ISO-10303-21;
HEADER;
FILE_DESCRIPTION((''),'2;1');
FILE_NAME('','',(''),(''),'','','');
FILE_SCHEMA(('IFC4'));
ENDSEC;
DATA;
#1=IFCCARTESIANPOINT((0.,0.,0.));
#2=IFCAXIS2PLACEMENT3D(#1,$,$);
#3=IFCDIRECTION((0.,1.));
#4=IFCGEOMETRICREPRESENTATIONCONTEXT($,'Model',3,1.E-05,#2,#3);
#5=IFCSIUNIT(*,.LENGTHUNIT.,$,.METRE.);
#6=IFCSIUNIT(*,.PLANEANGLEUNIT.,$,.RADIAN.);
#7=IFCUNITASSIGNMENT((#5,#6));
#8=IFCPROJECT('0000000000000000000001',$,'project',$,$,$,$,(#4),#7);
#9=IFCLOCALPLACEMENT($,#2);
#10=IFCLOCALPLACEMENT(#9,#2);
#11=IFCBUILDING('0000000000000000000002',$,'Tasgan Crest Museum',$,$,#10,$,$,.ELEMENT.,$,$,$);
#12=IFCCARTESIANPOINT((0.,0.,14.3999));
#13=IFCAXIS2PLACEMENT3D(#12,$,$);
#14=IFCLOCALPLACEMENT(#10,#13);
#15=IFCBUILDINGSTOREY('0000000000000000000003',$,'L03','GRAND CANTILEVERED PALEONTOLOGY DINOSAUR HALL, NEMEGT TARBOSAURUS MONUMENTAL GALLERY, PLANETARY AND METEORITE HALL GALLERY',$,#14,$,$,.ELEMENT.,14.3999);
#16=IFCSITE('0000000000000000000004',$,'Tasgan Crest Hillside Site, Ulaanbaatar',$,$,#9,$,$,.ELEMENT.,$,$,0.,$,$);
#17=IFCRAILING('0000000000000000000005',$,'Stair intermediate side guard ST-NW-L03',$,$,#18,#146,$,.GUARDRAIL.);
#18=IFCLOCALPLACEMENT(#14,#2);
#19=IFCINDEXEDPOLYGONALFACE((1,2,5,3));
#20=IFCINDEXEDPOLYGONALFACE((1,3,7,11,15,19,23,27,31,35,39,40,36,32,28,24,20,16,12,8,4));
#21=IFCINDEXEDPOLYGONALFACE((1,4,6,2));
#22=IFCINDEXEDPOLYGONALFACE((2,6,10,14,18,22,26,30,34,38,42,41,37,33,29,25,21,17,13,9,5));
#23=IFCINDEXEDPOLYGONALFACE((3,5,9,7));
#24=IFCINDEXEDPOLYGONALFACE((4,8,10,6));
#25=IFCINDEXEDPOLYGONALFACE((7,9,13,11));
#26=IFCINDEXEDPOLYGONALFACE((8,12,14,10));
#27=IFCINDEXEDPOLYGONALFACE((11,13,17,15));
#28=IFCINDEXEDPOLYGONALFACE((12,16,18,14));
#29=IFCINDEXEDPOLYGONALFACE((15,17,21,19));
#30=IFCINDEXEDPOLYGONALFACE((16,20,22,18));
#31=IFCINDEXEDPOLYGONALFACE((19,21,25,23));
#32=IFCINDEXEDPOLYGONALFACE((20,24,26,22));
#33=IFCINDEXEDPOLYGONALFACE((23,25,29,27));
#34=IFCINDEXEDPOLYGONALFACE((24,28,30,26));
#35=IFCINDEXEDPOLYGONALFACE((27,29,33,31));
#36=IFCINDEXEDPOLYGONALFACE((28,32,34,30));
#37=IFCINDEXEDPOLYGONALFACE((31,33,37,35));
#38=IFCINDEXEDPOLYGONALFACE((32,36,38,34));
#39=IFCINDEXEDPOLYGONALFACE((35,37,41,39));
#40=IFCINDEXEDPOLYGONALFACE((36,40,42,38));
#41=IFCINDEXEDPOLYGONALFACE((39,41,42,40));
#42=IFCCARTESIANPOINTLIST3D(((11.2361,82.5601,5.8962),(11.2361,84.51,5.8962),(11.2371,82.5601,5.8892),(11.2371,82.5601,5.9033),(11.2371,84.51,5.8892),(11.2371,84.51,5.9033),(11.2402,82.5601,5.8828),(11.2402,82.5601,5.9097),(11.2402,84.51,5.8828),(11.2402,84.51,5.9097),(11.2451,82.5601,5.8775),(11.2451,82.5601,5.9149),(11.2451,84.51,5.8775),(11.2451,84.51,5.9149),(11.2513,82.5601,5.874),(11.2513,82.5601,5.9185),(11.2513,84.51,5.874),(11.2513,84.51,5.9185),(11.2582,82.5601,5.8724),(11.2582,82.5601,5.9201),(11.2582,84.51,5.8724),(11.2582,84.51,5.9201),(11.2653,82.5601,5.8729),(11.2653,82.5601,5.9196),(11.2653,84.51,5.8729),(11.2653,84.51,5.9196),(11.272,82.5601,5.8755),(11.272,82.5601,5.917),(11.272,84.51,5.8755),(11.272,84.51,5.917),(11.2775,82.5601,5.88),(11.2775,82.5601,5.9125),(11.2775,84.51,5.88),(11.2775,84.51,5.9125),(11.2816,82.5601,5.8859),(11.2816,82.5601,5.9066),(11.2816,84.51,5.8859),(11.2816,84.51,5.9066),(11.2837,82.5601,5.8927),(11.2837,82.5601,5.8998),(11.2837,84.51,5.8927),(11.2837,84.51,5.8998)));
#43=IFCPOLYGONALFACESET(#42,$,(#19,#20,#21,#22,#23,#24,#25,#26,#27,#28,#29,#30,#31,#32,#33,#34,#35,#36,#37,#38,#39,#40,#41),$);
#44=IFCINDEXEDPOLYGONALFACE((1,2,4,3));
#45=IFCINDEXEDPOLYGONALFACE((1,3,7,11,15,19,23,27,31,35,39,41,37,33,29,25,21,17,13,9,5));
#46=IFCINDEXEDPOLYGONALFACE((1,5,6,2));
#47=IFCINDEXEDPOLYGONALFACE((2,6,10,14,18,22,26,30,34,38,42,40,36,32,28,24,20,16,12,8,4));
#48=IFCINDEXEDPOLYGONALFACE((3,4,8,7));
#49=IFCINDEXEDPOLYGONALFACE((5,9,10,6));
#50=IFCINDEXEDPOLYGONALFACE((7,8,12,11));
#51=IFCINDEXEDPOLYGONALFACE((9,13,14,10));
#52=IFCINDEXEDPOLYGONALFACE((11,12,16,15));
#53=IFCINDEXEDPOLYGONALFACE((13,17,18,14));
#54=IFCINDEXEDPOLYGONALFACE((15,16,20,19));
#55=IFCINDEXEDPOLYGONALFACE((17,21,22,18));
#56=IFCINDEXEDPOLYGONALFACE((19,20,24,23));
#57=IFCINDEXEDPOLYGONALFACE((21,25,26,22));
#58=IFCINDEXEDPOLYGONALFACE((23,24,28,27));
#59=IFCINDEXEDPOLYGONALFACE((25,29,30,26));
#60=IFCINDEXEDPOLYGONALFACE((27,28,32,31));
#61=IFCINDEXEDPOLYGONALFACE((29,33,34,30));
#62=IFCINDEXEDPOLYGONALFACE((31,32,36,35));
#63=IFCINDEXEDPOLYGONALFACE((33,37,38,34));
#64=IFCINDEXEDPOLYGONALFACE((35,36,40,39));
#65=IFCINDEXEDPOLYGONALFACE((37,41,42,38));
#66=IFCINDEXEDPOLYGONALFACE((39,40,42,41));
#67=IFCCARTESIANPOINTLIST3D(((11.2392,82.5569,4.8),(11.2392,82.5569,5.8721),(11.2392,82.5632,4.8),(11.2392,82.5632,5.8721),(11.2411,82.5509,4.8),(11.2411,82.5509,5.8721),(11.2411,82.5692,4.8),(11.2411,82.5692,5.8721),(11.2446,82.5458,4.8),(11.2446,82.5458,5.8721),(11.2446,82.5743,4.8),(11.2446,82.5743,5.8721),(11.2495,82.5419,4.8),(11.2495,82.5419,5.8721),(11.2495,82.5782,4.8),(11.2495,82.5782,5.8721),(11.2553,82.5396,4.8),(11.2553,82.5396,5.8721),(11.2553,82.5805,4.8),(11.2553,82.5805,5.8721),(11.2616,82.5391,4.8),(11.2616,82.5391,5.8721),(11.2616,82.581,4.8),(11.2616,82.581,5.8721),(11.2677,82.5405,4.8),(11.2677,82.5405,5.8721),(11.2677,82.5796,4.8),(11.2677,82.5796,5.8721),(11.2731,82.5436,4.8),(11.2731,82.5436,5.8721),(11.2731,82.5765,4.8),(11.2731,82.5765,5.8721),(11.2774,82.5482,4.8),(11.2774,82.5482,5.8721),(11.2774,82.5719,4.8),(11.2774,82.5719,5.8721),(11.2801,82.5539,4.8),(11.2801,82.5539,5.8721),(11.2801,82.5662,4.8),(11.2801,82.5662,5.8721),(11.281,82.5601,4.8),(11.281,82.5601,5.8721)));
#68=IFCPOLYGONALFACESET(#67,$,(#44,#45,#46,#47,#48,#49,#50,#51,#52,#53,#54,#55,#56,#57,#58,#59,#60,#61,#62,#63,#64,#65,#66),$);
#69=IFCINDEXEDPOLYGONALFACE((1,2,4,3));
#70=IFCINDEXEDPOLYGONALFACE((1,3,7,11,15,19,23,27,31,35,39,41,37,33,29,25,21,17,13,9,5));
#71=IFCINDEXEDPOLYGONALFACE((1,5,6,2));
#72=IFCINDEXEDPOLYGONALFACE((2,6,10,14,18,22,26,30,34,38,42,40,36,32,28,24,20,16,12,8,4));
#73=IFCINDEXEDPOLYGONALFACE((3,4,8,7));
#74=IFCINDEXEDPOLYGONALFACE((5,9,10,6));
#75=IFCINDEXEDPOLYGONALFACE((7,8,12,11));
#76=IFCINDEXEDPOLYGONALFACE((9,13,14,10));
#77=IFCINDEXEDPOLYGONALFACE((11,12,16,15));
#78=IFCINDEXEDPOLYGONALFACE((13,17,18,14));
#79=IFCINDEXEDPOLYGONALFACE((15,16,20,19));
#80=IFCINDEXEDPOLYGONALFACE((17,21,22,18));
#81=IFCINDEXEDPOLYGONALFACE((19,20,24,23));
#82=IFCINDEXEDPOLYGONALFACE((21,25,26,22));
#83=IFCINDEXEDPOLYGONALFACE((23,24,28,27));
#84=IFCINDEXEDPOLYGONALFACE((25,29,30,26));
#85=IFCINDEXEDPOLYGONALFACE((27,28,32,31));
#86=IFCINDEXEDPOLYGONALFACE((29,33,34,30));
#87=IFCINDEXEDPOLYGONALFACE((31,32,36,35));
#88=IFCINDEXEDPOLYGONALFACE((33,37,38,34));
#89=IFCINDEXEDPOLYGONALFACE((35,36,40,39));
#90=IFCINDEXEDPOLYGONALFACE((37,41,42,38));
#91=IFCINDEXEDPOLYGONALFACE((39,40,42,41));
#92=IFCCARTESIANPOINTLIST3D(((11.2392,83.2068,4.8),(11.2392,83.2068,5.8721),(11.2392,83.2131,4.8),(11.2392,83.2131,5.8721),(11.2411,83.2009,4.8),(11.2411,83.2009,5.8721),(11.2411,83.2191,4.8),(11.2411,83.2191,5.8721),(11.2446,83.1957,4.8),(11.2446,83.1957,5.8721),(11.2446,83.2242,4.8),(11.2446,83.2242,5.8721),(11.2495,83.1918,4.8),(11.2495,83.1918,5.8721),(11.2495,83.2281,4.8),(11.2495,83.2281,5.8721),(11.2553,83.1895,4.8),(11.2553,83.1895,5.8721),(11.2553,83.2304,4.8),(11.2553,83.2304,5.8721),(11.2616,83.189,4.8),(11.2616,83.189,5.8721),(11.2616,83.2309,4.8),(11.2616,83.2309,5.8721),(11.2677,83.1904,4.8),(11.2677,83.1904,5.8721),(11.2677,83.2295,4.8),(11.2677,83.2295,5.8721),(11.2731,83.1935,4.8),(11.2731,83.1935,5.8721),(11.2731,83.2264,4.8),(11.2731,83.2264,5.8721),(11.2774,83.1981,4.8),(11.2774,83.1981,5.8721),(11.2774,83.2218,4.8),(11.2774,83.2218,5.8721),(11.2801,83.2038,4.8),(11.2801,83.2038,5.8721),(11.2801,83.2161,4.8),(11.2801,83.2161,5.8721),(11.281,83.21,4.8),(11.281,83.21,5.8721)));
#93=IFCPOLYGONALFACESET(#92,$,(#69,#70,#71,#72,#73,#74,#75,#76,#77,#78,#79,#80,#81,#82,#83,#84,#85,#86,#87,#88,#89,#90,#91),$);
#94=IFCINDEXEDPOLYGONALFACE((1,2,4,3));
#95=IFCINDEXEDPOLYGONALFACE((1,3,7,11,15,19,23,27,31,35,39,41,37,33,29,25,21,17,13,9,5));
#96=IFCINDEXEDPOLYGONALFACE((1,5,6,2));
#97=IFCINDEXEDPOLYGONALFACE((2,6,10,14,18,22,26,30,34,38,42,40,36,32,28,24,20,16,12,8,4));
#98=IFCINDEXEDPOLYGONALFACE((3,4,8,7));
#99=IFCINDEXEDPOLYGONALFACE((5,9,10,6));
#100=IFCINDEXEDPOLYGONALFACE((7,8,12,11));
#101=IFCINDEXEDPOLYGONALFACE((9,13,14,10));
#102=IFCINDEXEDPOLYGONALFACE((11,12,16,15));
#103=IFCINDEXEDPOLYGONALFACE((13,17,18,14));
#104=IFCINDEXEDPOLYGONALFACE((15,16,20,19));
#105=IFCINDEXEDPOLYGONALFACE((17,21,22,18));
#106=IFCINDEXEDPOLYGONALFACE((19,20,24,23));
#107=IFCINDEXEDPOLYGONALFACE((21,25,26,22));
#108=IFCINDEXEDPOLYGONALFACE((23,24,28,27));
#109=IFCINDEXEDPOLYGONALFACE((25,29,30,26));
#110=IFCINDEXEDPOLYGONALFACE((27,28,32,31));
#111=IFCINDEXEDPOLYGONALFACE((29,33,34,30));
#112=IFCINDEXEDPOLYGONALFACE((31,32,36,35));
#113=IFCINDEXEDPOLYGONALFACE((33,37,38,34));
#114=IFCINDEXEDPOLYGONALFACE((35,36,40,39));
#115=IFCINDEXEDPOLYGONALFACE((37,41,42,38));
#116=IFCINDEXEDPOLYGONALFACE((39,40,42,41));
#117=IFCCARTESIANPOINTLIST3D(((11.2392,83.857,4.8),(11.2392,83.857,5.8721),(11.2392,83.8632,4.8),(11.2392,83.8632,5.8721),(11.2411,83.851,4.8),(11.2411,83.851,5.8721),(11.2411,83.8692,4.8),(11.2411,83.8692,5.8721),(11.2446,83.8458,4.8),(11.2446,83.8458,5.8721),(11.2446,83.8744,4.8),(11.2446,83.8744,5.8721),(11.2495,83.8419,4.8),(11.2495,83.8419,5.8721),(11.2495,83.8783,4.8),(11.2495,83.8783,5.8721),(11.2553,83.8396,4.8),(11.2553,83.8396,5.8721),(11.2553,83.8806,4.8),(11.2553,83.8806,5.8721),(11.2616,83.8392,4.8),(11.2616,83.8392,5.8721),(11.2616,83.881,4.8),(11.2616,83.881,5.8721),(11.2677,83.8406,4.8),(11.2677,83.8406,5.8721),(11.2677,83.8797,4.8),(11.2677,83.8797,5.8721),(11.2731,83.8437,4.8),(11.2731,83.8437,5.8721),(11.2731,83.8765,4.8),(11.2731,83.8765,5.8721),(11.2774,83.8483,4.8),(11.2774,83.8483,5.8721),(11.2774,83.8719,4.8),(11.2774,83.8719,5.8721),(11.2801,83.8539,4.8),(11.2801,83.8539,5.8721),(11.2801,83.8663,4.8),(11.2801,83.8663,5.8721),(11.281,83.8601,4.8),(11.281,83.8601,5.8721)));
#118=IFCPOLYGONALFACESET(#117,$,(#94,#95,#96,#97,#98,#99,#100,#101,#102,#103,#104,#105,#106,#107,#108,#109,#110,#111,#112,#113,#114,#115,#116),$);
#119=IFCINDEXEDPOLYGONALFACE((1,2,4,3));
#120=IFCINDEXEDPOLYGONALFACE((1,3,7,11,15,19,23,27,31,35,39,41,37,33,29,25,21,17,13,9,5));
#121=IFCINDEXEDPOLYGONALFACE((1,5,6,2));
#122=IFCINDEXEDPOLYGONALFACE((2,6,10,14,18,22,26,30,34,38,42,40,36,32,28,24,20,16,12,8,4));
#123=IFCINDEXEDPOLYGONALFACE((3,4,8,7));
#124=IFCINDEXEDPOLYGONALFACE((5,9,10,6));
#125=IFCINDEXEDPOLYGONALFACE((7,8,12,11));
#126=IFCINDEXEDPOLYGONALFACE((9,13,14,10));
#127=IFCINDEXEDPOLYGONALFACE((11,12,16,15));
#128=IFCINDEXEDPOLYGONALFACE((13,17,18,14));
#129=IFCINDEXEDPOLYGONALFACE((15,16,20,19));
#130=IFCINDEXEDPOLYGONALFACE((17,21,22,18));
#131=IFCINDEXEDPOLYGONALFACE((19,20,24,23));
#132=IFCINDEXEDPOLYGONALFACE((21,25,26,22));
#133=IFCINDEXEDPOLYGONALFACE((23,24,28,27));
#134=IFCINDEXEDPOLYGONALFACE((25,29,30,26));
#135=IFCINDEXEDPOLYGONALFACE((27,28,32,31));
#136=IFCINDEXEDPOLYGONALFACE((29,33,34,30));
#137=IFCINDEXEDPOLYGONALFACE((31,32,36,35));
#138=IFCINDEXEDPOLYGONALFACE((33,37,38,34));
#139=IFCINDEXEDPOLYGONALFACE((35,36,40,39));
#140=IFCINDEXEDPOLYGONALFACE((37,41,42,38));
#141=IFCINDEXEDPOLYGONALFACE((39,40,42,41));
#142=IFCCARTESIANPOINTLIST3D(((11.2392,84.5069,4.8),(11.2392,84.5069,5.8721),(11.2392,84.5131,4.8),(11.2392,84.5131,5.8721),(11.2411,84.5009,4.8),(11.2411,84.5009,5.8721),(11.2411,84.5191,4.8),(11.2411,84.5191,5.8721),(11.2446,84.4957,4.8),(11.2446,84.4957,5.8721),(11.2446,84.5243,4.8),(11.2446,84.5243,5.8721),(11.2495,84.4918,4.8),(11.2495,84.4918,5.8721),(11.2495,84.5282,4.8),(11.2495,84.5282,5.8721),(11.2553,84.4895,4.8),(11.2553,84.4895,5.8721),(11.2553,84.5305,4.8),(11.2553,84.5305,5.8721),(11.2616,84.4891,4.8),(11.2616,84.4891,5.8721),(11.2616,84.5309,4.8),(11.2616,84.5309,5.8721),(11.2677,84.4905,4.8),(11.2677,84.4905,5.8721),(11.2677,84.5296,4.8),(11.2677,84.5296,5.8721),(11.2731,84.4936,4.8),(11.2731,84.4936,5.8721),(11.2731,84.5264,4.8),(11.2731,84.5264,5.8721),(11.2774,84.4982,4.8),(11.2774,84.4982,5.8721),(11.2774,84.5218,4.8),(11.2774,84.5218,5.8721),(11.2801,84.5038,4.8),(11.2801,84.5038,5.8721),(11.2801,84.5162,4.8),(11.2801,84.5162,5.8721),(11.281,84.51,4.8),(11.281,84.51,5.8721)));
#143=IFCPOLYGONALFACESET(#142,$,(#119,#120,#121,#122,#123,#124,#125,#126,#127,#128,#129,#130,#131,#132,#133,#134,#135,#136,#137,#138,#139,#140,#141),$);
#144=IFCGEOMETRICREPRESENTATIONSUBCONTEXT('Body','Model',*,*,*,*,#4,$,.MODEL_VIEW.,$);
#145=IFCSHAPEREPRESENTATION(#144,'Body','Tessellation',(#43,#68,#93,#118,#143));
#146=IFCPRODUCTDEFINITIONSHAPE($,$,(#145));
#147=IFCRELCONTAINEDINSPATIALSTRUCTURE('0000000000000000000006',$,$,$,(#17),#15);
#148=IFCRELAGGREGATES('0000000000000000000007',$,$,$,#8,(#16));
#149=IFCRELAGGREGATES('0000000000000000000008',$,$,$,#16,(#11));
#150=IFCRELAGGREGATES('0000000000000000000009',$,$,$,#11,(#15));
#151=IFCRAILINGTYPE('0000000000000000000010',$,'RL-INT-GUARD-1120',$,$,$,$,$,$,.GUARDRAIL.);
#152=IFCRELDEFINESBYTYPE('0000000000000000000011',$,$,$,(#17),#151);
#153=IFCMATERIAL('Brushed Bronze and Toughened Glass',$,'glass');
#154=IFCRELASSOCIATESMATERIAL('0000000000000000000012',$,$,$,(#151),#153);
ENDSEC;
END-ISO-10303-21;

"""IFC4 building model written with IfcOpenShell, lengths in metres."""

from ifc_helpers import new_model, si_unit, direction, frame, origin, origin_2d, place, context, subcontext, project, spatial, circle, extrude, material, type_object, element, save


model = new_model("IFC4")

# Units and contexts
model_context = context("Model", 3, precision=1e-05, world=origin(), true_north=direction((0.0, 1.0)))
body_context = subcontext(model_context, "Body", "Model", "MODEL_VIEW")
ifc_project = project(units=[si_unit("LENGTHUNIT", "METRE"), si_unit("PLANEANGLEUNIT", "RADIAN")], contexts=[model_context])

# Site, building, storey
site_placement = place(None, origin())
site = spatial("IfcSite", under=ifc_project, at=site_placement, Name="Tasgan Crest Hillside Site, Ulaanbaatar", CompositionType="ELEMENT", RefElevation=0.0)
building_placement = place(site_placement, origin())
building = spatial("IfcBuilding", under=site, at=building_placement, Name="Tasgan Crest Museum", CompositionType="ELEMENT")
storey_placement = place(building_placement, frame((0.0, 0.0, 14.3999)))
storey = spatial("IfcBuildingStorey", under=building, at=storey_placement, Name="L03", Description="GRAND CANTILEVERED PALEONTOLOGY DINOSAUR HALL, NEMEGT TARBOSAURUS MONUMENTAL GALLERY, PLANETARY AND METEORITE HALL GALLERY", CompositionType="ELEMENT", Elevation=14.3999)

# Railing
ifc_material_1 = material(Name="Brushed Bronze and Toughened Glass", Category="glass")
railing_type_1 = type_object("IfcRailingType", Name="RL-INT-GUARD-1120", PredefinedType="GUARDRAIL", material=ifc_material_1)
railing_1_placement = place(storey_placement, frame((11.26, 82.5601, 4.8)))
element("IfcRailing", 1, at=railing_1_placement, inside=storey, type_object=railing_type_1, Name="Stair intermediate side guard ST-NW-L03", PredefinedType="GUARDRAIL", context=body_context, shape_type="SweptSolid", body=[
    extrude(circle(Radius=0.0239, at=origin_2d()), frame((0.0, 0.0, 1.0962), z_axis=(0.0, 1.0, 0.0), x_axis=(-1.0, 0.0, 0.0)), (0.0, 0.0, 1.0), 1.95),
    extrude(circle(Radius=0.021, at=origin_2d()), origin(), (0.0, 0.0, 1.0), 1.072),
    extrude(circle(Radius=0.021, at=origin_2d()), frame((0.0, 0.6499, 0.0)), (0.0, 0.0, 1.0), 1.072),
    extrude(circle(Radius=0.021, at=origin_2d()), frame((0.0, 1.3, 0.0)), (0.0, 0.0, 1.0), 1.072),
    extrude(circle(Radius=0.021, at=origin_2d()), frame((0.0, 1.95, 0.0)), (0.0, 0.0, 1.0), 1.072),
])

save(model, "model.ifc")
